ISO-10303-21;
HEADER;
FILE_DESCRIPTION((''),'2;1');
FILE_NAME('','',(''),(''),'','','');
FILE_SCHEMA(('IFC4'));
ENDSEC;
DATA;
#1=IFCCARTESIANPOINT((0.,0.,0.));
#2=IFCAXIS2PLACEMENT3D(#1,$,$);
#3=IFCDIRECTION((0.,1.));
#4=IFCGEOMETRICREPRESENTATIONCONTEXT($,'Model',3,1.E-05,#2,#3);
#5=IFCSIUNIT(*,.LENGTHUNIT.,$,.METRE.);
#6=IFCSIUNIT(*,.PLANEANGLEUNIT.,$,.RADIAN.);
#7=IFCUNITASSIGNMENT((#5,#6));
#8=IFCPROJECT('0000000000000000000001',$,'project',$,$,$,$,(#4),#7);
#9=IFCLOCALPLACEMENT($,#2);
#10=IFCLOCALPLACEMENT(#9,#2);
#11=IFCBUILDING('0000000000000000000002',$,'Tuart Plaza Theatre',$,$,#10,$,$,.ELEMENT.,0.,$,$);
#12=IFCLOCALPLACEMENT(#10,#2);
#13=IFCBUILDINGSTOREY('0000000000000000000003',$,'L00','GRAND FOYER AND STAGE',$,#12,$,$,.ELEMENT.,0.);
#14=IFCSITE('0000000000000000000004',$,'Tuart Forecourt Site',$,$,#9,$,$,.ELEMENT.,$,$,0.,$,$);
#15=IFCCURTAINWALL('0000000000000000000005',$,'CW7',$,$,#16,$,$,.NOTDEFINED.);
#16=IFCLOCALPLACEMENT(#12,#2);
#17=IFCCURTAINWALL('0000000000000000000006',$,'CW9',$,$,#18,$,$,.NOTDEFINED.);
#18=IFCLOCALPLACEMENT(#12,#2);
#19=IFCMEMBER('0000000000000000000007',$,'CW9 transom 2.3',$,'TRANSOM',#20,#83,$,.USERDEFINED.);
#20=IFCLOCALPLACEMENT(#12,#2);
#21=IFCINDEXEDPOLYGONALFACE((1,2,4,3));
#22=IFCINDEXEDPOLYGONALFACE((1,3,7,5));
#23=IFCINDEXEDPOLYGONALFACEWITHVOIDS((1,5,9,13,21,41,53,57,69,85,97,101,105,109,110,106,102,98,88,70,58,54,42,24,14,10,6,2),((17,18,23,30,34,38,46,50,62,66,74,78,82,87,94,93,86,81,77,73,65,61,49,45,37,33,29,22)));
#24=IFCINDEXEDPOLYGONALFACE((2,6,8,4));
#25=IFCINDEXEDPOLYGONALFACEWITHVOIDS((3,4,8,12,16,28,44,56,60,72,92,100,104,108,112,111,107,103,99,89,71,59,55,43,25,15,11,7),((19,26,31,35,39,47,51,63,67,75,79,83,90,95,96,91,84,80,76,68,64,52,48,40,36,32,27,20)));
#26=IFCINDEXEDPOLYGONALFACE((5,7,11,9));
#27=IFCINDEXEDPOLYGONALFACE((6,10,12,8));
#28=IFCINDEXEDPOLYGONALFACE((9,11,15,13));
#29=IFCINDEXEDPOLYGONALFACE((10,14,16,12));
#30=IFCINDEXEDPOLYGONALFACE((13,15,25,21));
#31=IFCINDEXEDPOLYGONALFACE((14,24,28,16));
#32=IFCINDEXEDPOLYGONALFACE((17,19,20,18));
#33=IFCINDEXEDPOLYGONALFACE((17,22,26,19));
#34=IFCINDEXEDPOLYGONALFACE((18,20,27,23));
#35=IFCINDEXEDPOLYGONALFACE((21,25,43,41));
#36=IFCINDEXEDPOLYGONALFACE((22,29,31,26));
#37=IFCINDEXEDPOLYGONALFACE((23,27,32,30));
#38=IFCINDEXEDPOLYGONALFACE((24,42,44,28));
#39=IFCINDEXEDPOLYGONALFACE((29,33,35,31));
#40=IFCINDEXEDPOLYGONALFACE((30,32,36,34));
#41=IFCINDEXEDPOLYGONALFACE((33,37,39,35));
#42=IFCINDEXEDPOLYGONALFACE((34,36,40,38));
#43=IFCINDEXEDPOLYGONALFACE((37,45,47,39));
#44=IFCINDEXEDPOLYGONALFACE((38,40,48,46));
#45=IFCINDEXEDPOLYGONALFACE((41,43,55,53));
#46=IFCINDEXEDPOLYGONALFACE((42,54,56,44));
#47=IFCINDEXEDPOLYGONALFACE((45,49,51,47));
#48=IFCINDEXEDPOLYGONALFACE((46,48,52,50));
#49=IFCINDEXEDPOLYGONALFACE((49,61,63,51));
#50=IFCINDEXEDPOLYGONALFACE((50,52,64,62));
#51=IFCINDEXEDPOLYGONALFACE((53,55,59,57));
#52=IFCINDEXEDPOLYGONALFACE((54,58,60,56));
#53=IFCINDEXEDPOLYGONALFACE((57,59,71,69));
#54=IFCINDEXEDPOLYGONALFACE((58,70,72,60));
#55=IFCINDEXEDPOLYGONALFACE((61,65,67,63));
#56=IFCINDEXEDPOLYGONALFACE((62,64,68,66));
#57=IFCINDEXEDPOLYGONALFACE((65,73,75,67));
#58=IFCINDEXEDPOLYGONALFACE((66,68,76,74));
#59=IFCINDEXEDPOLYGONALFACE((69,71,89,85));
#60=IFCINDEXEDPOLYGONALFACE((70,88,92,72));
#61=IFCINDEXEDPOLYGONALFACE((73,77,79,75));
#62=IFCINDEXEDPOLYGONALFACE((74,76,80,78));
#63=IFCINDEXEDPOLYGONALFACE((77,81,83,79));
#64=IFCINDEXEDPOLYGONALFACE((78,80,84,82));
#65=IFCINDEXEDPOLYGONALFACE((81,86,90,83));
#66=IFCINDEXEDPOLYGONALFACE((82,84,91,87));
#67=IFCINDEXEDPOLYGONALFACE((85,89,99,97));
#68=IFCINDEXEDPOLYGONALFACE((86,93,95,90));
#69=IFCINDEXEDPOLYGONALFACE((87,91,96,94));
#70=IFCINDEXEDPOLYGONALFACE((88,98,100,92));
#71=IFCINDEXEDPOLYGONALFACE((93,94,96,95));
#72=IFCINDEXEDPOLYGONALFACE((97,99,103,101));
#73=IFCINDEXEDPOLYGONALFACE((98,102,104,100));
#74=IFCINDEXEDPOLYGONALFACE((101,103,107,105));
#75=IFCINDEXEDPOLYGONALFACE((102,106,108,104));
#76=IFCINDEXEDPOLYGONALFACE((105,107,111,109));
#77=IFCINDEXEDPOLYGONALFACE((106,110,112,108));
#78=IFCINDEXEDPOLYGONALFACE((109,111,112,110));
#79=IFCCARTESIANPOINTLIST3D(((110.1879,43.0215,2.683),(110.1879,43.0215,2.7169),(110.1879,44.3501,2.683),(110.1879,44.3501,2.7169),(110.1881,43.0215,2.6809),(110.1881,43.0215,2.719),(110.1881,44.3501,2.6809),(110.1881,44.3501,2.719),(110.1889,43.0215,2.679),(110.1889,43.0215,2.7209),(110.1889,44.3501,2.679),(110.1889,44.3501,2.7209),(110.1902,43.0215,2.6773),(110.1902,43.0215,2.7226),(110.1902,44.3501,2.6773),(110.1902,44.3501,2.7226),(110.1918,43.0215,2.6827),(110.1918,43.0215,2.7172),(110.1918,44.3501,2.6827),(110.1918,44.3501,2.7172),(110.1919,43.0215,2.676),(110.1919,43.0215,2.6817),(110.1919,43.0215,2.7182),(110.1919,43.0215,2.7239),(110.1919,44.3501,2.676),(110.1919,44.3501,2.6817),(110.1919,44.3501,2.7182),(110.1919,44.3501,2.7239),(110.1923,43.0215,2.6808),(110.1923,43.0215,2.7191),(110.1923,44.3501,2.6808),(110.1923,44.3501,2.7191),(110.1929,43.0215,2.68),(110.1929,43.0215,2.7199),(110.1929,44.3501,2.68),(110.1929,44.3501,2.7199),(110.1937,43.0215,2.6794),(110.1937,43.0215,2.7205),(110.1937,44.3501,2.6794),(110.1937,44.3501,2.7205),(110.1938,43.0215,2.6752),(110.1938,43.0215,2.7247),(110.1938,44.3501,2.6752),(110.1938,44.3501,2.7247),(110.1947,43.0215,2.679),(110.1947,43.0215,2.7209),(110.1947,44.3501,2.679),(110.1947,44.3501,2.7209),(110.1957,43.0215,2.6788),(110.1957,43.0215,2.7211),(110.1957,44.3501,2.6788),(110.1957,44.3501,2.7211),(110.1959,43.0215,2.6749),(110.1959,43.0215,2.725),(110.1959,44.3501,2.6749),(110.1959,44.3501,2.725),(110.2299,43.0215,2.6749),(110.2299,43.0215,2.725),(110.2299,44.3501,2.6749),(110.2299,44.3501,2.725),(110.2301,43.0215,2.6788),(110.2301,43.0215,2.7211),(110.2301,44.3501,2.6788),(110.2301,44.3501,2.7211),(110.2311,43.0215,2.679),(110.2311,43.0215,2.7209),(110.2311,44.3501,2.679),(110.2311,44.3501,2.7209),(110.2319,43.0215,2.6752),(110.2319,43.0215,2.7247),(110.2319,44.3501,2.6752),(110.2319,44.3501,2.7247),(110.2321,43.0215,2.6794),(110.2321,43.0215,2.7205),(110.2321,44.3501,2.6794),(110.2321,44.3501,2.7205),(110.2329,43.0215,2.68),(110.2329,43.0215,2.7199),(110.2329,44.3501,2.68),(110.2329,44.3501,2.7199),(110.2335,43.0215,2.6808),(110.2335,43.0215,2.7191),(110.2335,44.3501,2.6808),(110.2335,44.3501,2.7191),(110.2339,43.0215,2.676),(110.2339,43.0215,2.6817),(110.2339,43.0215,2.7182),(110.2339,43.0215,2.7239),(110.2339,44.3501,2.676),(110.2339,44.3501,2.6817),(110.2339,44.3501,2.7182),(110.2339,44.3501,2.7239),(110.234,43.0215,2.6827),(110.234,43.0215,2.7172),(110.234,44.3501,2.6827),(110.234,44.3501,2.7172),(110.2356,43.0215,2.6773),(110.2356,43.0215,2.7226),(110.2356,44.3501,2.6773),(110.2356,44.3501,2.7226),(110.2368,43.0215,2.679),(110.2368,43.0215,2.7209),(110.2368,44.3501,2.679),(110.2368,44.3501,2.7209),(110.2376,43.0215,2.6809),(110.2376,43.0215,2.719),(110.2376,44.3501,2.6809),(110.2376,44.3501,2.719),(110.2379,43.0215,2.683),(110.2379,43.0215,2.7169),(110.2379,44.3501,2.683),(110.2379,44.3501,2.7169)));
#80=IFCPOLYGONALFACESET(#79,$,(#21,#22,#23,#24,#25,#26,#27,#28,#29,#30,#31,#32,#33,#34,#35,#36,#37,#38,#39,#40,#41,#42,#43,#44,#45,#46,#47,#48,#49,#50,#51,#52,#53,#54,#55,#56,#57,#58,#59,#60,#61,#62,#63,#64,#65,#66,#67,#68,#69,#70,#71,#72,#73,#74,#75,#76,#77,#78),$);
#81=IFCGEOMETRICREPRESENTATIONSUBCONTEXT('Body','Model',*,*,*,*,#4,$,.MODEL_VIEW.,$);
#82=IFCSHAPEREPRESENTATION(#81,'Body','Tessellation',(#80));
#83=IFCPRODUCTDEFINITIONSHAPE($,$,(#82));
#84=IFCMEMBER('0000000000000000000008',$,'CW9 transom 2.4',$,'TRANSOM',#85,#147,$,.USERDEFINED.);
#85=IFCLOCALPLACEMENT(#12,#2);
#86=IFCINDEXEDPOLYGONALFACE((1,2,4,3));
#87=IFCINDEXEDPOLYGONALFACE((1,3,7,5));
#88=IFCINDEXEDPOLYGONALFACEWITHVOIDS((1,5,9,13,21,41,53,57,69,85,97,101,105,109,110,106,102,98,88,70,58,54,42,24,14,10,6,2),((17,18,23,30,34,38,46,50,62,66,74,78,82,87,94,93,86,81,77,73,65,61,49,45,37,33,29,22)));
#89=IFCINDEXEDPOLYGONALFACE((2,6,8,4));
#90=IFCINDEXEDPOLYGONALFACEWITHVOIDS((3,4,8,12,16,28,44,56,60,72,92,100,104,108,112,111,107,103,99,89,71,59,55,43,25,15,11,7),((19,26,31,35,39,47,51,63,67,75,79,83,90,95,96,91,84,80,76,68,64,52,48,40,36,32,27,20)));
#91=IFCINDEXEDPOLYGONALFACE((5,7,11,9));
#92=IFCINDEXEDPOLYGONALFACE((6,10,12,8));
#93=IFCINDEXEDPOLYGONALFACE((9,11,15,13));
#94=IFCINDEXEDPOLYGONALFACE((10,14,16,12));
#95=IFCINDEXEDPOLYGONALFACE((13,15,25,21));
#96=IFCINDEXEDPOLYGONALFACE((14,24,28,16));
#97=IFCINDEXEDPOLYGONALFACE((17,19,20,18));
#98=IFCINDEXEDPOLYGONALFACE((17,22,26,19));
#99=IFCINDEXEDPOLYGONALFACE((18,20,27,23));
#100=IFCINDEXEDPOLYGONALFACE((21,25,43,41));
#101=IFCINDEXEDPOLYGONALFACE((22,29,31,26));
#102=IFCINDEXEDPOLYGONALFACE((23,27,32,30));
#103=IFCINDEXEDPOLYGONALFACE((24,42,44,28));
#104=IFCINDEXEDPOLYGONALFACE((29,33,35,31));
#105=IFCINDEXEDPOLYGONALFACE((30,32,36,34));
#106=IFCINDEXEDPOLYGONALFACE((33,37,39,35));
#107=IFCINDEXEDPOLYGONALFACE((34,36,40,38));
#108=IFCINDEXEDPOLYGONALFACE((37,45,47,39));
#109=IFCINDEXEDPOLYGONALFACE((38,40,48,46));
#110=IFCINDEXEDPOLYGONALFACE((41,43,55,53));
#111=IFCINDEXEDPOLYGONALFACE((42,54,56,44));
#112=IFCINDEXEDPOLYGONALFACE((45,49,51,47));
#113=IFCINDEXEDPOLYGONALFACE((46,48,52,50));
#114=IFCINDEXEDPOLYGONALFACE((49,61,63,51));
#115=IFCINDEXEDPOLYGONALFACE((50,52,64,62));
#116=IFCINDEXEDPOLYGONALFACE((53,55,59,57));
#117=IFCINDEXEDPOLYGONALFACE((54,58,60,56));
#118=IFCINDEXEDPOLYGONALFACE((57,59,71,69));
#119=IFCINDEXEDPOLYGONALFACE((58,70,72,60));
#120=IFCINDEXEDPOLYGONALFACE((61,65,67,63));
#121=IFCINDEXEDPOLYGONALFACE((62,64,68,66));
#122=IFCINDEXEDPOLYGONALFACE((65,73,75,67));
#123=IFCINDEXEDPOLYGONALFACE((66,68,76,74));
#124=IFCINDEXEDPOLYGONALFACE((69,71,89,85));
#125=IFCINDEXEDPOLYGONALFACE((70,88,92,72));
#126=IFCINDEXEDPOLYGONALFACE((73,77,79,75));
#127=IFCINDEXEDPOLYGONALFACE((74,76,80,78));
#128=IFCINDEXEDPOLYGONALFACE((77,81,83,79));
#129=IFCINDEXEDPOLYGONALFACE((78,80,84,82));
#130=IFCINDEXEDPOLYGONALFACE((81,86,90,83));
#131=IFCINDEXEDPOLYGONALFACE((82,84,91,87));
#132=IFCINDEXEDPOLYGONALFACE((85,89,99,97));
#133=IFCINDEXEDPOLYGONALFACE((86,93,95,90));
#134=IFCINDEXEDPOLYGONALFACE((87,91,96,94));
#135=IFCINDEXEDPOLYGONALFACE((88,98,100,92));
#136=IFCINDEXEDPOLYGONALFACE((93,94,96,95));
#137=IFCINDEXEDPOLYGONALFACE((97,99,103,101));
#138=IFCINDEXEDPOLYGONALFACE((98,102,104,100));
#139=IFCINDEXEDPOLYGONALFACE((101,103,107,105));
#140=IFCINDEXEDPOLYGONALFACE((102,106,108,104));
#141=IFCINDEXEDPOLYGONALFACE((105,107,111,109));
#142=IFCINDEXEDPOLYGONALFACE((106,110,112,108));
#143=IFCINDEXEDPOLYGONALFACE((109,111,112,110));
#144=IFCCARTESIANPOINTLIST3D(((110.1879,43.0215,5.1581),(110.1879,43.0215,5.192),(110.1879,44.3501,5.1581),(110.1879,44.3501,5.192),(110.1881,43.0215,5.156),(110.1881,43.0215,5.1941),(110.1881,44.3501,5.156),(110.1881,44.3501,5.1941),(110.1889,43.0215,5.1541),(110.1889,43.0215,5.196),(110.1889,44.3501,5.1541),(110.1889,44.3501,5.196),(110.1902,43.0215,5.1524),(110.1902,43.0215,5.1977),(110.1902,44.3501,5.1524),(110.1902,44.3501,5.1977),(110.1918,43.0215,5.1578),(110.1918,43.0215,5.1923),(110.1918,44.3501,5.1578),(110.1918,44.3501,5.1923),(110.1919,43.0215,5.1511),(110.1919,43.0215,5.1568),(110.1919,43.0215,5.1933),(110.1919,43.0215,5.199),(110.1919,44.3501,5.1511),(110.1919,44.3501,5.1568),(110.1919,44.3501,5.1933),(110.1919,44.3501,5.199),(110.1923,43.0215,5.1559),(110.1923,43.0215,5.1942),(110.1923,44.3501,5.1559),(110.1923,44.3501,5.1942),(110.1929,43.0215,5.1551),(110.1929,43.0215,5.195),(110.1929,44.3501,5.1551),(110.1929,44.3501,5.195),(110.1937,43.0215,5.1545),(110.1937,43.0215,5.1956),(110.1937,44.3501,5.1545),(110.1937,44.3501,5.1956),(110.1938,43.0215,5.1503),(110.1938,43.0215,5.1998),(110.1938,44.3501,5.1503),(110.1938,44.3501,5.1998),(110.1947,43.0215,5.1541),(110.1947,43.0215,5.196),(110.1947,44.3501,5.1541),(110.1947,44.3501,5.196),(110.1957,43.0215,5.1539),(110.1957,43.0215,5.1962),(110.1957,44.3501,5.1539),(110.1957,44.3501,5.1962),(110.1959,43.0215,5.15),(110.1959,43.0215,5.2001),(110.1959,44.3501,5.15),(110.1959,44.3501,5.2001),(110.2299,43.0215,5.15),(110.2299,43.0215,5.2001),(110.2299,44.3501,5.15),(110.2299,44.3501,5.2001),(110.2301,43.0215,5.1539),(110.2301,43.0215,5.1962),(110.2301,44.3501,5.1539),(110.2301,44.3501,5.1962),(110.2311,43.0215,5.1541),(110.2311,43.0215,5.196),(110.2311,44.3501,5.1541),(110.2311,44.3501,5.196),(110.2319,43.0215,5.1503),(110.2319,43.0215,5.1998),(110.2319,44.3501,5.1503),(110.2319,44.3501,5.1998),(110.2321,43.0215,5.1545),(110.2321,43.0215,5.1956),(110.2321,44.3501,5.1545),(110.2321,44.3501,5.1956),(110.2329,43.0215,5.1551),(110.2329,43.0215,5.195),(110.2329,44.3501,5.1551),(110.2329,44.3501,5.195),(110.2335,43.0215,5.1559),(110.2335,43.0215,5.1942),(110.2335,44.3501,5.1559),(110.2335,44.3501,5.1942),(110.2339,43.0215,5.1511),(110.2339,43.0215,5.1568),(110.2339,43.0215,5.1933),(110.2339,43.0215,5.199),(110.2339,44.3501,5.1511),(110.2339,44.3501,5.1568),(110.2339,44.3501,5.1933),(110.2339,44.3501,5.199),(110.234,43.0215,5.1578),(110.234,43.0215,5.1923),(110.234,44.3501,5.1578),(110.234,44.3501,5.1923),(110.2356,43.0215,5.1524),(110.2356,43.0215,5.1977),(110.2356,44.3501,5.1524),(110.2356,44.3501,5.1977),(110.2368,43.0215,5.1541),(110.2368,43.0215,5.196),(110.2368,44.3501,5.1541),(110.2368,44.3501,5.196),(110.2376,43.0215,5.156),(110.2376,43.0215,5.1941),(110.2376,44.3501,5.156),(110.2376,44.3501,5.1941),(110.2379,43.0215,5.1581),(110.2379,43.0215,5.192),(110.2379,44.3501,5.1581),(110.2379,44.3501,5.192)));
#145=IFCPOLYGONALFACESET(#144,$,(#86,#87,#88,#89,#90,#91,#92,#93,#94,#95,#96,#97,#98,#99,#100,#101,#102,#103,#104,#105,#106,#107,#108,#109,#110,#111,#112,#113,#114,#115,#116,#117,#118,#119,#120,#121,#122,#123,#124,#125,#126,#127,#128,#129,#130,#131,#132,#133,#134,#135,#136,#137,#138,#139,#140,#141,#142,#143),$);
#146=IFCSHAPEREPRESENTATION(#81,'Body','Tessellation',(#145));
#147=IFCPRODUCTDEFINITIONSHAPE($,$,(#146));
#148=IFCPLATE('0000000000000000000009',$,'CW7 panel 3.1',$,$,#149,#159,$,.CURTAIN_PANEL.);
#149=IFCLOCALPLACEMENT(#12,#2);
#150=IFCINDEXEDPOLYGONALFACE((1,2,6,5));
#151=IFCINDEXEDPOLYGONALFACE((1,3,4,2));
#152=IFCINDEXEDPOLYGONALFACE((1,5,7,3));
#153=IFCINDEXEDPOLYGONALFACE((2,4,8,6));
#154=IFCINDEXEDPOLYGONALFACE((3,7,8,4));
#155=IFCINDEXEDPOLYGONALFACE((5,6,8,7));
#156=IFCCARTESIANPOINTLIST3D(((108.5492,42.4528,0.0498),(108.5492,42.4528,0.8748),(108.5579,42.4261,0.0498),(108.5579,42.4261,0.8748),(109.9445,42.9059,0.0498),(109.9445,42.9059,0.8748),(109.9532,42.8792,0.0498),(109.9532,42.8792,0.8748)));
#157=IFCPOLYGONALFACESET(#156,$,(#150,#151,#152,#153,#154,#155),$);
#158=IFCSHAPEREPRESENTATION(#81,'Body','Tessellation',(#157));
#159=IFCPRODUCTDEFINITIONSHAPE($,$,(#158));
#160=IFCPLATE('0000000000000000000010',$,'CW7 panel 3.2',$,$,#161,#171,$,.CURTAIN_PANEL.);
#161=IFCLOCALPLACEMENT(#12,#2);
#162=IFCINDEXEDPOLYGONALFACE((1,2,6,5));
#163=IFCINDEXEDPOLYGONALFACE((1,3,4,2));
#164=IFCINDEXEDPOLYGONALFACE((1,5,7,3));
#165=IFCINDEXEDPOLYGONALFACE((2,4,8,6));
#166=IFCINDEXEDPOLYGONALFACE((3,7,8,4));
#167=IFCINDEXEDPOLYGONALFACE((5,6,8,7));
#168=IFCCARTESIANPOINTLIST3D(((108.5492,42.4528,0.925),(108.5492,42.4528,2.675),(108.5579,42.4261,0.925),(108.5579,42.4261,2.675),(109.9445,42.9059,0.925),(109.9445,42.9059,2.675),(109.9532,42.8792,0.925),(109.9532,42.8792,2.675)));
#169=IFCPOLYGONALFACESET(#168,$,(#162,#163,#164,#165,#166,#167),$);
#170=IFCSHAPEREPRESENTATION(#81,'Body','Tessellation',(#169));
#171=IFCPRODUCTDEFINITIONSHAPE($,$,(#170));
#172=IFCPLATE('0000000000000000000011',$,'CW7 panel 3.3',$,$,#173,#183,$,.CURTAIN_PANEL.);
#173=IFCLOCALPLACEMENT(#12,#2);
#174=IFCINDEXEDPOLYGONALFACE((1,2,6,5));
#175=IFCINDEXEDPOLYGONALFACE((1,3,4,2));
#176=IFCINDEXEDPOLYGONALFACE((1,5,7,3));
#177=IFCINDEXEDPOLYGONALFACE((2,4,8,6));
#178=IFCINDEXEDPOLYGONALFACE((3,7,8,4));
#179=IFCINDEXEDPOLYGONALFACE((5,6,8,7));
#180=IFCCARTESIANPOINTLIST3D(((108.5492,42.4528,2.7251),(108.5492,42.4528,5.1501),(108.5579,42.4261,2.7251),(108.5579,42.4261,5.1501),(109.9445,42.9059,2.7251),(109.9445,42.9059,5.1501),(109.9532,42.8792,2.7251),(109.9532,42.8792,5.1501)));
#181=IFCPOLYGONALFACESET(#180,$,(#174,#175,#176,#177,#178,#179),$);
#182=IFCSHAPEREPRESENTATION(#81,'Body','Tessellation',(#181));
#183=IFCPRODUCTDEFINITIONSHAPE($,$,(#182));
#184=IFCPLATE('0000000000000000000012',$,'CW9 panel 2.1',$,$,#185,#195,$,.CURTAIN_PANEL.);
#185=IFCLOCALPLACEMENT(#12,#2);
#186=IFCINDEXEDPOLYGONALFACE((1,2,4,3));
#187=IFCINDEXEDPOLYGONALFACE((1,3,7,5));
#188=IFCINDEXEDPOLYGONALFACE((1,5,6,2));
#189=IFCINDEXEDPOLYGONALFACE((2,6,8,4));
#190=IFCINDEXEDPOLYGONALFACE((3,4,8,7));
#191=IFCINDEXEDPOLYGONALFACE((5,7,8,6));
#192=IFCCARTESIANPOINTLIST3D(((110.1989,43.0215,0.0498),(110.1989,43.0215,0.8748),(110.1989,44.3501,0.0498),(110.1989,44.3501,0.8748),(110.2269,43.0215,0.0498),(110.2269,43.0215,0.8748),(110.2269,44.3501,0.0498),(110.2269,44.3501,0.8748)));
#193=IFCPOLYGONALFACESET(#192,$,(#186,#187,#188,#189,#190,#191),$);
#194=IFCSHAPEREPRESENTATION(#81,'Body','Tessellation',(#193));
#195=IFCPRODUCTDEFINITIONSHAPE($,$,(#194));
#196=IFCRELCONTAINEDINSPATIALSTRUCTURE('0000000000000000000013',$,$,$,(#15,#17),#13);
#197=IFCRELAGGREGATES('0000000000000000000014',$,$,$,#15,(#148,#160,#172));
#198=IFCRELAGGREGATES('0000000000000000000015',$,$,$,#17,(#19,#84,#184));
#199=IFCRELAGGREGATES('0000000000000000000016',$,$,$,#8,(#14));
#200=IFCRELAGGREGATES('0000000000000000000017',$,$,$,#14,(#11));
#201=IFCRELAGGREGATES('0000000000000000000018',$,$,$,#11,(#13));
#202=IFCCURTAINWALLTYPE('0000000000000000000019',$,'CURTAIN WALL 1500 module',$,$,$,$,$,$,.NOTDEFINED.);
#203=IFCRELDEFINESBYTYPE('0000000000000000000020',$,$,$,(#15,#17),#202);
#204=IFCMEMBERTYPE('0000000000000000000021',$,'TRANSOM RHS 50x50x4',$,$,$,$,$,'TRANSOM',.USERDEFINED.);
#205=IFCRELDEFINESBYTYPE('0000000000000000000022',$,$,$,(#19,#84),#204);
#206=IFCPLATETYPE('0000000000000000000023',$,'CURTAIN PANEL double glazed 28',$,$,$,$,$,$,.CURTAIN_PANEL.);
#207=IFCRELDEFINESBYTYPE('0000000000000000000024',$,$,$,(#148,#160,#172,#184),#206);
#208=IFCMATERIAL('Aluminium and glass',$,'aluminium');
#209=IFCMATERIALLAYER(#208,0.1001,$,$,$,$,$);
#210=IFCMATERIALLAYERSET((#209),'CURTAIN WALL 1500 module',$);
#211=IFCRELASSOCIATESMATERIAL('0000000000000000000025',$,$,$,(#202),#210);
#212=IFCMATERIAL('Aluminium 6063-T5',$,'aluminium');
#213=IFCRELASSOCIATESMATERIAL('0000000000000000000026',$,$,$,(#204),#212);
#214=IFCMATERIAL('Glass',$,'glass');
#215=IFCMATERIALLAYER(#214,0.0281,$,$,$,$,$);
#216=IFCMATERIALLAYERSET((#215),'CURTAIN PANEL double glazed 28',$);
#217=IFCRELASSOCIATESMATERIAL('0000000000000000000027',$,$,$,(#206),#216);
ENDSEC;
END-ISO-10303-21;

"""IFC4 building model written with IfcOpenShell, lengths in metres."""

from ifc_helpers import new_model, si_unit, direction, frame, origin, origin_2d, place, context, subcontext, project, spatial, rectangle, hollow_rectangle, extrude, material, layer, layer_set, material_profile, profile_set, type_object, element, aggregate, save


model = new_model("IFC4")

# Units and contexts
model_context = context("Model", 3, precision=1e-05, world=origin(), true_north=direction((0.0, 1.0)))
body_context = subcontext(model_context, "Body", "Model", "MODEL_VIEW")
ifc_project = project(units=[si_unit("LENGTHUNIT", "METRE"), si_unit("PLANEANGLEUNIT", "RADIAN")], contexts=[model_context])

# Site, building, storey
site_placement = place(None, origin())
site = spatial("IfcSite", under=ifc_project, at=site_placement, Name="Tuart Forecourt Site", CompositionType="ELEMENT", RefElevation=0.0)
building_placement = place(site_placement, origin())
building = spatial("IfcBuilding", under=site, at=building_placement, Name="Tuart Plaza Theatre", CompositionType="ELEMENT", ElevationOfRefHeight=0.0)
storey_placement = place(building_placement, origin())
storey = spatial("IfcBuildingStorey", under=building, at=storey_placement, Name="L00", Description="GRAND FOYER AND STAGE", CompositionType="ELEMENT", Elevation=0.0)

# Curtain walls
ifc_material_1 = material(Name="Aluminium and glass", Category="aluminium")
ifc_layer_1 = layer(ifc_material_1, 0.1001)
ifc_layer_set_1 = layer_set([ifc_layer_1], Name="CURTAIN WALL 1500 module")
curtain_wall_type = type_object("IfcCurtainWallType", Name="CURTAIN WALL 1500 module", PredefinedType="NOTDEFINED", material=ifc_layer_set_1)
curtain_wall_1_placement = place(storey_placement, origin())
curtain_wall_1 = element("IfcCurtainWall", 1, at=curtain_wall_1_placement, inside=storey, type_object=curtain_wall_type, Name="CW7", PredefinedType="NOTDEFINED")
curtain_wall_2_placement = place(storey_placement, origin())
curtain_wall_2 = element("IfcCurtainWall", 2, at=curtain_wall_2_placement, inside=storey, type_object=curtain_wall_type, Name="CW9", PredefinedType="NOTDEFINED")

# Members
ifc_material_2 = material(Name="Aluminium 6063-T5", Category="aluminium")
ifc_material_profile_1 = material_profile(ifc_material_2, hollow_rectangle(XDim=0.05, YDim=0.05, WallThickness=0.0039, InnerFilletRadius=0.0039, OuterFilletRadius=0.0081, at=origin_2d()), Name="RHS 50x50x4")
ifc_profile_set_1 = profile_set([ifc_material_profile_1], Name="Aluminium 6063-T5")
member_type_1 = type_object("IfcMemberType", Name="TRANSOM RHS 50x50x4", ElementType="TRANSOM", PredefinedType="USERDEFINED", material=ifc_profile_set_1)
member_1_placement = place(storey_placement, frame((110.2129, 43.0215, 2.7), z_axis=(0.0, 1.0, 0.0), x_axis=(-1.0, 0.0, 0.0)))
member_1 = element("IfcMember", 3, at=member_1_placement, type_object=member_type_1, Name="CW9 transom 2.3", ObjectType="TRANSOM", PredefinedType="USERDEFINED", context=body_context, shape_type="SweptSolid", body=[
    extrude(hollow_rectangle(XDim=0.05, YDim=0.05, WallThickness=0.0039, InnerFilletRadius=0.0039, OuterFilletRadius=0.0081, at=origin_2d()), origin(), (0.0, 0.0, 1.0), 1.3286),
])
member_2_placement = place(storey_placement, frame((110.2129, 43.0215, 5.175), z_axis=(0.0, 1.0, 0.0), x_axis=(-1.0, 0.0, 0.0)))
member_2 = element("IfcMember", 4, at=member_2_placement, type_object=member_type_1, Name="CW9 transom 2.4", ObjectType="TRANSOM", PredefinedType="USERDEFINED", context=body_context, shape_type="SweptSolid", body=[
    extrude(hollow_rectangle(XDim=0.05, YDim=0.05, WallThickness=0.0039, InnerFilletRadius=0.0039, OuterFilletRadius=0.0081, at=origin_2d()), origin(), (0.0, 0.0, 1.0), 1.3286),
])

# Plates
ifc_material_3 = material(Name="Glass", Category="glass")
ifc_layer_2 = layer(ifc_material_3, 0.0281)
ifc_layer_set_2 = layer_set([ifc_layer_2], Name="CURTAIN PANEL double glazed 28")
plate_type = type_object("IfcPlateType", Name="CURTAIN PANEL double glazed 28", PredefinedType="CURTAIN_PANEL", material=ifc_layer_set_2)
plate_1_placement = place(storey_placement, frame((109.2512, 42.666, 0.0498), z_axis=(0.0, 0.0, 1.0), x_axis=(0.951099, 0.308885, 0.0)))
plate_1 = element("IfcPlate", 5, at=plate_1_placement, type_object=plate_type, Name="CW7 panel 3.1", PredefinedType="CURTAIN_PANEL", context=body_context, shape_type="SweptSolid", body=[
    extrude(rectangle(XDim=1.467, YDim=0.0281, at=origin_2d()), origin(), (0.0, 0.0, 1.0), 0.825),
])
plate_2_placement = place(storey_placement, frame((109.2512, 42.666, 0.925), z_axis=(0.0, 0.0, 1.0), x_axis=(0.951099, 0.308885, 0.0)))
plate_2 = element("IfcPlate", 6, at=plate_2_placement, type_object=plate_type, Name="CW7 panel 3.2", PredefinedType="CURTAIN_PANEL", context=body_context, shape_type="SweptSolid", body=[
    extrude(rectangle(XDim=1.467, YDim=0.0281, at=origin_2d()), origin(), (0.0, 0.0, 1.0), 1.75),
])
plate_3_placement = place(storey_placement, frame((109.2512, 42.666, 2.7251), z_axis=(0.0, 0.0, 1.0), x_axis=(0.951099, 0.308885, 0.0)))
plate_3 = element("IfcPlate", 7, at=plate_3_placement, type_object=plate_type, Name="CW7 panel 3.3", PredefinedType="CURTAIN_PANEL", context=body_context, shape_type="SweptSolid", body=[
    extrude(rectangle(XDim=1.467, YDim=0.0281, at=origin_2d()), origin(), (0.0, 0.0, 1.0), 2.425),
])
aggregate(curtain_wall_1, [plate_1, plate_2, plate_3])
plate_4_placement = place(storey_placement, frame((110.2129, 43.6858, 0.0498), z_axis=(0.0, 0.0, 1.0), x_axis=(0.0, 1.0, 0.0)))
plate_4 = element("IfcPlate", 8, at=plate_4_placement, type_object=plate_type, Name="CW9 panel 2.1", PredefinedType="CURTAIN_PANEL", context=body_context, shape_type="SweptSolid", body=[
    extrude(rectangle(XDim=1.3286, YDim=0.0281, at=origin_2d()), origin(), (0.0, 0.0, 1.0), 0.825),
])
aggregate(curtain_wall_2, [member_1, member_2, plate_4])

save(model, "model.ifc")
